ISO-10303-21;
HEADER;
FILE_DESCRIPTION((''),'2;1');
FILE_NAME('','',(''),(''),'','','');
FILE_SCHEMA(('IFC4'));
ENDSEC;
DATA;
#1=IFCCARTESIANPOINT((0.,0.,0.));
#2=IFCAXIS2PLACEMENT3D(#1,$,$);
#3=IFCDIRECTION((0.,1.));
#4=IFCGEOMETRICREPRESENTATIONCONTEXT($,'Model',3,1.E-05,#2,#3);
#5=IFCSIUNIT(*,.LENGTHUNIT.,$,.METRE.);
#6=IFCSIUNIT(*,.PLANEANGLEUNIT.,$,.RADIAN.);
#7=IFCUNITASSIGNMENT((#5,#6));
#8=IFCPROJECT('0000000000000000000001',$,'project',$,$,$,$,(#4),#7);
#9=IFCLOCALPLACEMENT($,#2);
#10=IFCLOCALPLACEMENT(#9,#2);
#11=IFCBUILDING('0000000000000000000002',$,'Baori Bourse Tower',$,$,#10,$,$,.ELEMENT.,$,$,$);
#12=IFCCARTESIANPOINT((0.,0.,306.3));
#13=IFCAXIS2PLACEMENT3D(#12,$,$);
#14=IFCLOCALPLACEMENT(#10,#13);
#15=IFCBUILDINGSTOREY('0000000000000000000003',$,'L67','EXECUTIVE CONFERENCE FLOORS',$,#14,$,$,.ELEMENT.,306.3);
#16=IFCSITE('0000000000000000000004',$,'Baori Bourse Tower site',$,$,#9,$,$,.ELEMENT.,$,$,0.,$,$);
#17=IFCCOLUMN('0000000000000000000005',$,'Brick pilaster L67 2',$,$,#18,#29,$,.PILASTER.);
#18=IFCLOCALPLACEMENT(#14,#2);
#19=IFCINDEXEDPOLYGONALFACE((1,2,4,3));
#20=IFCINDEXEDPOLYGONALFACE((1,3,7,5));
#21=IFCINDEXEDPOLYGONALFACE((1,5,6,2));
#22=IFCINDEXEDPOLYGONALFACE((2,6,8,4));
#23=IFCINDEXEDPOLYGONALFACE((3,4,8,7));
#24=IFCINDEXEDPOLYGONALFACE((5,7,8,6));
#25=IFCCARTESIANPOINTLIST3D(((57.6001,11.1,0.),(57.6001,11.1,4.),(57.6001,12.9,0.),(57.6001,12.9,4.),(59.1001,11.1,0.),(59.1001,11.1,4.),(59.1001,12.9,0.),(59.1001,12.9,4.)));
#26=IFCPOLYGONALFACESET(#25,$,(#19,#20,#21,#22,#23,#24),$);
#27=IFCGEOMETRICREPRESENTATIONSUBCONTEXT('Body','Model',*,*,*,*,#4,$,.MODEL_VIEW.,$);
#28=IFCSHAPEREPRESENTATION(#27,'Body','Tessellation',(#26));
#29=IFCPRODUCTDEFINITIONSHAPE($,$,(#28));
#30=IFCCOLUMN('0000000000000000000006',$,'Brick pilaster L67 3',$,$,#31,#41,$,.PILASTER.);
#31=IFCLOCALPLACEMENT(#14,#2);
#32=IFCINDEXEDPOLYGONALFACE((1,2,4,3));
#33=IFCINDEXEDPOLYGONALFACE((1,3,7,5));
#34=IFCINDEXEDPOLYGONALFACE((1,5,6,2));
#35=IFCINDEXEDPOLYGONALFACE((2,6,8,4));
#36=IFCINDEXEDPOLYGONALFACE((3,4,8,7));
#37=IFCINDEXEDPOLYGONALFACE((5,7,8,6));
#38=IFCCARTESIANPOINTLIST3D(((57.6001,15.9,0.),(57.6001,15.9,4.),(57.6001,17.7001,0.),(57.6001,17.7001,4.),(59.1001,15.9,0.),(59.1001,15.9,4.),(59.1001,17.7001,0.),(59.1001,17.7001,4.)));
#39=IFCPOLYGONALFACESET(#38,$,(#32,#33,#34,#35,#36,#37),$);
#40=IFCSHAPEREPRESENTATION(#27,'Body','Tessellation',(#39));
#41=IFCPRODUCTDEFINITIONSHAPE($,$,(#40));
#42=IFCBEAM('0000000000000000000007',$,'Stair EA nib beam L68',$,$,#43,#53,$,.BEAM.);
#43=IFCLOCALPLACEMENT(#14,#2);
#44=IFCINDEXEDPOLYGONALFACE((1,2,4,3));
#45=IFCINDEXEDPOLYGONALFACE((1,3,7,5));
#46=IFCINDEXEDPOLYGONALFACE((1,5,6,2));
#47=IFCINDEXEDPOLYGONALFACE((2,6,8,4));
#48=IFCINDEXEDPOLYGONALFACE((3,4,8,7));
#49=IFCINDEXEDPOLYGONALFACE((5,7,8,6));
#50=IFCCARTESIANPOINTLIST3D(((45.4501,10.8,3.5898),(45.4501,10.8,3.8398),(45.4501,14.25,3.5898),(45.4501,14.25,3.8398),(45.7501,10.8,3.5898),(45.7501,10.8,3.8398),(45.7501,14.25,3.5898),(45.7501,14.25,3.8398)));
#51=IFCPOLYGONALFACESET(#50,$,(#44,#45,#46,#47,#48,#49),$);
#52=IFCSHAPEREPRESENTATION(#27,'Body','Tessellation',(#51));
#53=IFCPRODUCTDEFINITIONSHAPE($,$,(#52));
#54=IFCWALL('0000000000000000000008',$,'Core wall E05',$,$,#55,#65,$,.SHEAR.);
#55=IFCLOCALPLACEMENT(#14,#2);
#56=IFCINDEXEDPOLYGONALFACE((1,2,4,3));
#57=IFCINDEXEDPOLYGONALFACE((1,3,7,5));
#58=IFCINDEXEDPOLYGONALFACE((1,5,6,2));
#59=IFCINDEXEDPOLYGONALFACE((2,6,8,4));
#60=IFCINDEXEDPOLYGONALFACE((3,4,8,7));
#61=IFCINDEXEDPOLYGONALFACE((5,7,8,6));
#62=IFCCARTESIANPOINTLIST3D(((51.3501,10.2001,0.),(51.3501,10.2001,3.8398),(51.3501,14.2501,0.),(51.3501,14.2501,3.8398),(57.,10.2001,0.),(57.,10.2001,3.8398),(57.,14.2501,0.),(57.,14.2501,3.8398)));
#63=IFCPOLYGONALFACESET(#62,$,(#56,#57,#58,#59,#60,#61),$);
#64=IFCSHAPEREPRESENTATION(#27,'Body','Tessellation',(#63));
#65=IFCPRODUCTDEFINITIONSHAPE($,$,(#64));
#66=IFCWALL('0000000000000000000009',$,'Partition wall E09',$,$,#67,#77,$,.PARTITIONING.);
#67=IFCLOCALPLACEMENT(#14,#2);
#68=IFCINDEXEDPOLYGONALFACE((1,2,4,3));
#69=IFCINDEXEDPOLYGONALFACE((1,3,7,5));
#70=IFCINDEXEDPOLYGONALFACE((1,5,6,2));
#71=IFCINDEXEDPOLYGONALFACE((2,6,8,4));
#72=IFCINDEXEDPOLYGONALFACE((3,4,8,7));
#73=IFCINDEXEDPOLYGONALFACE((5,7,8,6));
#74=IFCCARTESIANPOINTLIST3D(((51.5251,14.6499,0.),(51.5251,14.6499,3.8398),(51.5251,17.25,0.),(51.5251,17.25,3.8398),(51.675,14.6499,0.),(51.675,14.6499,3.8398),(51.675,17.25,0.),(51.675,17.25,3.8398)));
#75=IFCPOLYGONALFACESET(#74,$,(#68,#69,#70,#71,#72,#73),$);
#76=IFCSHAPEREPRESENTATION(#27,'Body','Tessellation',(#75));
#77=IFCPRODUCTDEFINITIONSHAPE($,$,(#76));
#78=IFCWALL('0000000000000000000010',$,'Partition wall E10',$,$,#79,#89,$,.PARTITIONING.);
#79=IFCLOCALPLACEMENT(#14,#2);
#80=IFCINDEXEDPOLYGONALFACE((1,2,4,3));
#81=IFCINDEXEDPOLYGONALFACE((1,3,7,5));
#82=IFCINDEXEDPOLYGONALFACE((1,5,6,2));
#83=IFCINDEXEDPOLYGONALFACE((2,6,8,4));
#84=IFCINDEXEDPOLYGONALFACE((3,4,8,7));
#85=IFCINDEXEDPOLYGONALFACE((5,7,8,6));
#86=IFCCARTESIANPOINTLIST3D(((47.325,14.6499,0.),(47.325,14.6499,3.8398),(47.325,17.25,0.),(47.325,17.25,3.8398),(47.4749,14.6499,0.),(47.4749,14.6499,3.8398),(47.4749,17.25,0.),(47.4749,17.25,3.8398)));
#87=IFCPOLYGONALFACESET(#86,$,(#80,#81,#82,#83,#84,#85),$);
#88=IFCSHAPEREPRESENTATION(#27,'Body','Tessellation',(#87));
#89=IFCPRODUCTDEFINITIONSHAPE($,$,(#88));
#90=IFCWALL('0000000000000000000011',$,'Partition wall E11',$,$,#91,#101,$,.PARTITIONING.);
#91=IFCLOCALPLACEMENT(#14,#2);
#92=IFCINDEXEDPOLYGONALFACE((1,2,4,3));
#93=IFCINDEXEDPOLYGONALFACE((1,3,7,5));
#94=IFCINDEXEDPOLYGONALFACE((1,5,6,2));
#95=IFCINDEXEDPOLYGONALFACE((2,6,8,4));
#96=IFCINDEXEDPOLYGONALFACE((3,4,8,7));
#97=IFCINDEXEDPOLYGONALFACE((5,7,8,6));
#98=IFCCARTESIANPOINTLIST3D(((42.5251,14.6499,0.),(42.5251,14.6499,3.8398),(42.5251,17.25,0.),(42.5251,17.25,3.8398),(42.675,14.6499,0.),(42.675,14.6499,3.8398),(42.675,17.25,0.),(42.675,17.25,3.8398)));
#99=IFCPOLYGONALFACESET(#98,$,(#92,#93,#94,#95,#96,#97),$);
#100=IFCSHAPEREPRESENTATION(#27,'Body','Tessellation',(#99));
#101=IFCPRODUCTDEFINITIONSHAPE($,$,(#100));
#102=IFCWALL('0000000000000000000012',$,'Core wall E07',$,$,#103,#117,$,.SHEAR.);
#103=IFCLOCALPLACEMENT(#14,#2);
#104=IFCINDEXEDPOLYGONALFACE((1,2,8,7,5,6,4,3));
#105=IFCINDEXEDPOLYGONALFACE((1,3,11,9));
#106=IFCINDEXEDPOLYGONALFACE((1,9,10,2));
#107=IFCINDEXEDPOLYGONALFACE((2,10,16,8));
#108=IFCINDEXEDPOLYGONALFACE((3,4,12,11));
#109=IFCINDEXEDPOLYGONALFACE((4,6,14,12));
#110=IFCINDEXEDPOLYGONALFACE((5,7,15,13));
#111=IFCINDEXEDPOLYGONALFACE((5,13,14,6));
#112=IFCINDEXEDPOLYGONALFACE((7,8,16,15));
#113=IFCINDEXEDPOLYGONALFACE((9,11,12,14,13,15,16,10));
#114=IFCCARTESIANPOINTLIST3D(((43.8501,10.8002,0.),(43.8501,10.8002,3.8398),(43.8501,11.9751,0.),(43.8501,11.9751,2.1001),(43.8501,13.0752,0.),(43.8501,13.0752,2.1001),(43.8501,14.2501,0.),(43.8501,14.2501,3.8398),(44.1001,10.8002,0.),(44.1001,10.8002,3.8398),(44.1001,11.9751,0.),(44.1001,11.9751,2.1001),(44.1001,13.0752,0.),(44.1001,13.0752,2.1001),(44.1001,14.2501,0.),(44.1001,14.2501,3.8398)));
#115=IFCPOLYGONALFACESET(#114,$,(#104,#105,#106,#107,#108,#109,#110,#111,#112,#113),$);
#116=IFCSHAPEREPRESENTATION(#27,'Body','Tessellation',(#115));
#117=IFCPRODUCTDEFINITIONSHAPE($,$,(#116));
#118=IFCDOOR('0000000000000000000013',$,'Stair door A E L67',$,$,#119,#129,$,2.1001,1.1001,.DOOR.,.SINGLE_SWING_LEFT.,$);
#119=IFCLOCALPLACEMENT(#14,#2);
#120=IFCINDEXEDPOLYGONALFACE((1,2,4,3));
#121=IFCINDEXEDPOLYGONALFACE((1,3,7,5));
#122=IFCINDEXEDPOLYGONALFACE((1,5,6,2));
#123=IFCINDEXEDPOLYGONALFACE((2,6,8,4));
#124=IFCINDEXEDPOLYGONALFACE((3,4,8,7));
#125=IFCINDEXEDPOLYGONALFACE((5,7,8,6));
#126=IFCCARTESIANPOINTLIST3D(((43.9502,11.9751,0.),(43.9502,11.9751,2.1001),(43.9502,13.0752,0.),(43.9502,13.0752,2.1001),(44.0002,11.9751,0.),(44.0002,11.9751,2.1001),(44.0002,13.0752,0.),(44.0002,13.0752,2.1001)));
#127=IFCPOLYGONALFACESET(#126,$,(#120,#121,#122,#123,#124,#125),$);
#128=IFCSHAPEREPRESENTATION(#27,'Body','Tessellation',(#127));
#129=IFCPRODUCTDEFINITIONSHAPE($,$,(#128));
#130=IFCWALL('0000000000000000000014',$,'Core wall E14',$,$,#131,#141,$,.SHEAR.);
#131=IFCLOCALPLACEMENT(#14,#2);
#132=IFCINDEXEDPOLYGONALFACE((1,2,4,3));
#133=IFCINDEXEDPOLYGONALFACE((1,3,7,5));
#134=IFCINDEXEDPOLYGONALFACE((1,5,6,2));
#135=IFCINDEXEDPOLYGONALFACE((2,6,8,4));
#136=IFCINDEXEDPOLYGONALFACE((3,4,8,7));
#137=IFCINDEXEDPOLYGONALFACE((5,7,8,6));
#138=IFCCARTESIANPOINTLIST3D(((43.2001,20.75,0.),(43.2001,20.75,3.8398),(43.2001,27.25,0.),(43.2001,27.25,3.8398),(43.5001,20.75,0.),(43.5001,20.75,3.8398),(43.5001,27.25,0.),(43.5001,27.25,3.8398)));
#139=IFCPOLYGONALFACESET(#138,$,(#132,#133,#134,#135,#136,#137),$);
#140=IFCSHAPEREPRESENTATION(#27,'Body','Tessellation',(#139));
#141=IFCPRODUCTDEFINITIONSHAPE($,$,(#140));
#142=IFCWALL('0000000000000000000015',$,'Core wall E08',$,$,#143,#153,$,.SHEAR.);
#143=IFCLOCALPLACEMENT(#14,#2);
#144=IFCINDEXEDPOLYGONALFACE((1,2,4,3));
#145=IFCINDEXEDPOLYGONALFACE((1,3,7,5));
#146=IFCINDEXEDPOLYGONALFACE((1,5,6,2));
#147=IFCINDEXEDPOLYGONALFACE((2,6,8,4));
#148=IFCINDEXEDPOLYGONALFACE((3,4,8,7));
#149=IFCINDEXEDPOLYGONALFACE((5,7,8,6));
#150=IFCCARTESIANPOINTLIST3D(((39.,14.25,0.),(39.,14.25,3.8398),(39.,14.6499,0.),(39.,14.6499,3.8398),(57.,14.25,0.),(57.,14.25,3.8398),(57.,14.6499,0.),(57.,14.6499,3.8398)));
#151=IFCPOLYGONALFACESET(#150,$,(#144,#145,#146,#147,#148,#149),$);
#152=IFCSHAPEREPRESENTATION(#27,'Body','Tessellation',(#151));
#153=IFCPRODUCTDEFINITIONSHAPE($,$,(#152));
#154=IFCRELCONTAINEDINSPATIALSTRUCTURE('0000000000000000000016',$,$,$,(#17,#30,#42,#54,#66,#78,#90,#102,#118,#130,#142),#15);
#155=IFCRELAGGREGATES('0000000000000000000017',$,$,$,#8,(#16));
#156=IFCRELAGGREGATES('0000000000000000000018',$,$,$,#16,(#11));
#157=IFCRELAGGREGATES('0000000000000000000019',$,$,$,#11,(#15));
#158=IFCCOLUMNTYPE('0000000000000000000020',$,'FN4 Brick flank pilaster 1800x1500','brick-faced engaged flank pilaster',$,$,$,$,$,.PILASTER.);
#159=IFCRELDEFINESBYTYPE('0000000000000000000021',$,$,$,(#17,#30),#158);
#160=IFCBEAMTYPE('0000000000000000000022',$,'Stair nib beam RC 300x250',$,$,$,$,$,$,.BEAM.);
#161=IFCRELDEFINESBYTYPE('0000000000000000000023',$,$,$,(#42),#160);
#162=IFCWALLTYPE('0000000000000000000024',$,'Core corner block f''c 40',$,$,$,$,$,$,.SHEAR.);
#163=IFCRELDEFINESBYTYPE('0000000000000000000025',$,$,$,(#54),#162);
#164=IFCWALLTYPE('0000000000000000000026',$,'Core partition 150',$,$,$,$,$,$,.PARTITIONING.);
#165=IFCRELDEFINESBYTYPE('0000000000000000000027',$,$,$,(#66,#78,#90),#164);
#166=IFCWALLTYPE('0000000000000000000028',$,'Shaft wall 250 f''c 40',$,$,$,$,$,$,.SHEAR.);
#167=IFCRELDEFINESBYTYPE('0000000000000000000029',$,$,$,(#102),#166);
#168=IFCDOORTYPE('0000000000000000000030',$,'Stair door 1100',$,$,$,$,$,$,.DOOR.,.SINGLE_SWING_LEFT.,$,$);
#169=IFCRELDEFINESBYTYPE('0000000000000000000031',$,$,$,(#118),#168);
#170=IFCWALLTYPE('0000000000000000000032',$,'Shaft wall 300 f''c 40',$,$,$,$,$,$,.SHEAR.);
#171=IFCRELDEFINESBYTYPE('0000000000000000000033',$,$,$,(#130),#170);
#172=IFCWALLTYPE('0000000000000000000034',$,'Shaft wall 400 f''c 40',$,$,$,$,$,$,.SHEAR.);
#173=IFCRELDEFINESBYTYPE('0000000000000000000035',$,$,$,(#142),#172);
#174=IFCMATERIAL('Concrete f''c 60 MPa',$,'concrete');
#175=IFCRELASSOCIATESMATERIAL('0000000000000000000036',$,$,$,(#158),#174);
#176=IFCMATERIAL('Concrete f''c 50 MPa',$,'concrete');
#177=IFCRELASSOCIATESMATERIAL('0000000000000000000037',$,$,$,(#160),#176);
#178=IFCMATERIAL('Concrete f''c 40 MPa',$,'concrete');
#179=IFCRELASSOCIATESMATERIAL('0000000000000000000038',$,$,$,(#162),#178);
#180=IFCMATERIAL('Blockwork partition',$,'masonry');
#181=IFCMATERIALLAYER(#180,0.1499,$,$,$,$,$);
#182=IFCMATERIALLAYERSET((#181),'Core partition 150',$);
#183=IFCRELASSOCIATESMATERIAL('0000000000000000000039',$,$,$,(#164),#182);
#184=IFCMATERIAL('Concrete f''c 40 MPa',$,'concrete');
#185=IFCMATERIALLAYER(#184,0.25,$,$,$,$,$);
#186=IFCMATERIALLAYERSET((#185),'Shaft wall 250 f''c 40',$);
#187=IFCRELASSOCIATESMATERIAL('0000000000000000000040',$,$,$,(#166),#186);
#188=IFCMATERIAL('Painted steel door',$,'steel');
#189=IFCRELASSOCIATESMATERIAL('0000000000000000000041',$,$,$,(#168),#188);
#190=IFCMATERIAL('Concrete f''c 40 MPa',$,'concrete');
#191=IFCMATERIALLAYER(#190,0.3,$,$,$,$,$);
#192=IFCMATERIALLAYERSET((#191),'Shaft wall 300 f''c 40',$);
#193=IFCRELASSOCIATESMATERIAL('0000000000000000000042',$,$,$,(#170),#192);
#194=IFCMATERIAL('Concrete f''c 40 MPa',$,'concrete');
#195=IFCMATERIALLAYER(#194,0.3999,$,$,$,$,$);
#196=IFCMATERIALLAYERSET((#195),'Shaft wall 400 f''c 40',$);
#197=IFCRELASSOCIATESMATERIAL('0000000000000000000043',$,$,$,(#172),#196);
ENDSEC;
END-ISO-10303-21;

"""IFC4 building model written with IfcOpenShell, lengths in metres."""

from ifc_helpers import new_model, si_unit, direction, frame, frame_2d, origin, origin_2d, place, context, subcontext, project, spatial, rectangle, extrude, material, layer, layer_set, material_profile, profile_set, type_object, element, fill, save


model = new_model("IFC4")

# Units and contexts
model_context = context("Model", 3, precision=1e-05, world=origin(), true_north=direction((0.0, 1.0)))
body_context = subcontext(model_context, "Body", "Model", "MODEL_VIEW")
ifc_project = project(units=[si_unit("LENGTHUNIT", "METRE"), si_unit("PLANEANGLEUNIT", "RADIAN")], contexts=[model_context])

# Site, building, storey
site_placement = place(None, origin())
site = spatial("IfcSite", under=ifc_project, at=site_placement, Name="Baori Bourse Tower site", CompositionType="ELEMENT", RefElevation=0.0)
building_placement = place(site_placement, origin())
building = spatial("IfcBuilding", under=site, at=building_placement, Name="Baori Bourse Tower", CompositionType="ELEMENT")
storey_placement = place(building_placement, frame((0.0, 0.0, 306.3)))
storey = spatial("IfcBuildingStorey", under=building, at=storey_placement, Name="L67", Description="EXECUTIVE CONFERENCE FLOORS", CompositionType="ELEMENT", Elevation=306.3)

# Columns
ifc_material_1 = material(Name="Concrete f'c 60 MPa", Category="concrete")
ifc_material_profile_1 = material_profile(ifc_material_1, rectangle(XDim=1.8, YDim=1.5, at=origin_2d()), Name="RC 1800x1500")
ifc_profile_set_1 = profile_set([ifc_material_profile_1], Name="Concrete f'c 60 MPa")
column_type = type_object("IfcColumnType", Name="FN4 Brick flank pilaster 1800x1500", Description="brick-faced engaged flank pilaster", PredefinedType="PILASTER", material=ifc_profile_set_1)
for number, where, z_axis, x_axis, name in (
    (1, (58.3501, 12.0, 0.0), (0.0, 0.0, 1.0), (0.0, 1.0, 0.0), "Brick pilaster L67 2"),
    (2, (58.3501, 16.8, 0.0), (0.0, 0.0, 1.0), (0.0, 1.0, 0.0), "Brick pilaster L67 3"),
):
    element("IfcColumn", number, at=place(storey_placement, frame(where, z_axis=z_axis, x_axis=x_axis)), inside=storey, type_object=column_type, Name=name, PredefinedType="PILASTER", context=body_context, shape_type="SweptSolid", body=[
        extrude(rectangle(XDim=1.8, YDim=1.5, at=origin_2d()), origin(), (0.0, 0.0, 1.0), 4.0),
    ])

# Beam
ifc_material_2 = material(Name="Concrete f'c 50 MPa", Category="concrete")
ifc_material_profile_2 = material_profile(ifc_material_2, rectangle(XDim=0.3, YDim=0.25, at=origin_2d()), Name="RC 300x250")
ifc_profile_set_2 = profile_set([ifc_material_profile_2], Name="Concrete f'c 50 MPa")
beam_type = type_object("IfcBeamType", Name="Stair nib beam RC 300x250", PredefinedType="BEAM", material=ifc_profile_set_2)
beam_placement = place(storey_placement, frame((45.6001, 10.8, 3.7148), z_axis=(0.0, 1.0, 0.0), x_axis=(-1.0, 0.0, 0.0)))
element("IfcBeam", 3, at=beam_placement, inside=storey, type_object=beam_type, Name="Stair EA nib beam L68", PredefinedType="BEAM", context=body_context, shape_type="SweptSolid", body=[
    extrude(rectangle(XDim=0.3, YDim=0.25, at=origin_2d()), origin(), (0.0, 0.0, 1.0), 3.45),
])

# Walls
ifc_material_3 = material(Name="Concrete f'c 40 MPa", Category="concrete")
wall_type_1 = type_object("IfcWallType", Name="Core corner block f'c 40", PredefinedType="SHEAR", material=ifc_material_3)
wall_1_placement = place(storey_placement, frame((51.3501, 12.2251, 0.0), z_axis=(0.0, 0.0, 1.0), x_axis=(1.0, 0.0, 0.0)))
element("IfcWall", 4, at=wall_1_placement, inside=storey, type_object=wall_type_1, Name="Core wall E05", PredefinedType="SHEAR", context=body_context, shape_type="SweptSolid", body=[
    extrude(rectangle(XDim=5.6499, YDim=4.05, at=frame_2d((2.825, 0.0))), origin(), (0.0, 0.0, 1.0), 3.8398),
])
ifc_material_4 = material(Name="Blockwork partition", Category="masonry")
ifc_layer_1 = layer(ifc_material_4, 0.1499)
ifc_layer_set_1 = layer_set([ifc_layer_1], Name="Core partition 150")
wall_type_2 = type_object("IfcWallType", Name="Core partition 150", PredefinedType="PARTITIONING", material=ifc_layer_set_1)
for number, where, z_axis, x_axis, name in (
    (5, (51.6001, 14.6499, 0.0), (0.0, 0.0, 1.0), (0.0, 1.0, 0.0), "Partition wall E09"),
    (6, (47.3999, 14.6499, 0.0), (0.0, 0.0, 1.0), (0.0, 1.0, 0.0), "Partition wall E10"),
    (7, (42.6001, 14.6499, 0.0), (0.0, 0.0, 1.0), (0.0, 1.0, 0.0), "Partition wall E11"),
):
    element("IfcWall", number, at=place(storey_placement, frame(where, z_axis=z_axis, x_axis=x_axis)), inside=storey, type_object=wall_type_2, Name=name, PredefinedType="PARTITIONING", context=body_context, shape_type="SweptSolid", body=[
        extrude(rectangle(XDim=2.6001, YDim=0.1499, at=frame_2d((1.3, 0.0))), origin(), (0.0, 0.0, 1.0), 3.8398),
    ])

# Wall, opening, door
ifc_material_5 = material(Name="Concrete f'c 40 MPa", Category="concrete")
ifc_layer_2 = layer(ifc_material_5, 0.25)
ifc_layer_set_2 = layer_set([ifc_layer_2], Name="Shaft wall 250 f'c 40")
wall_type_3 = type_object("IfcWallType", Name="Shaft wall 250 f'c 40", PredefinedType="SHEAR", material=ifc_layer_set_2)
wall_2_placement = place(storey_placement, frame((43.9751, 10.8, 0.0), z_axis=(0.0, 0.0, 1.0), x_axis=(0.0, 1.0, 0.0)))
wall_2 = element("IfcWall", 8, at=wall_2_placement, inside=storey, type_object=wall_type_3, Name="Core wall E07", PredefinedType="SHEAR", context=body_context, shape_type="SweptSolid", body=[
    extrude(rectangle(XDim=3.45, YDim=0.25, at=frame_2d((1.7251, 0.0))), origin(), (0.0, 0.0, 1.0), 3.8398),
])
opening_1_placement = place(wall_2_placement, frame((1.175, 0.0, 0.0)))
opening_1 = element("IfcOpeningElement", 9, at=opening_1_placement, cuts=wall_2, PredefinedType="OPENING", context=body_context, shape_type="SweptSolid", body=[
    extrude(rectangle(XDim=1.1001, YDim=2.1001, at=frame_2d((0.55, 1.05))), frame((0.0, 0.135, 0.0), z_axis=(0.0, -1.0, 0.0), x_axis=(1.0, 0.0, 0.0)), (0.0, 0.0, 1.0), 0.27),
])
ifc_material_6 = material(Name="Painted steel door", Category="steel")
door_type_1 = type_object("IfcDoorType", Name="Stair door 1100", OperationType="SINGLE_SWING_LEFT", PredefinedType="DOOR", material=ifc_material_6)
door_1_placement = place(opening_1_placement, origin())
door_1 = element("IfcDoor", 10, at=door_1_placement, inside=storey, type_object=door_type_1, Name="Stair door A E L67", OperationType="SINGLE_SWING_LEFT", OverallHeight=2.1001, OverallWidth=1.1001, PredefinedType="DOOR", context=body_context, shape_type="SweptSolid", body=[
    extrude(rectangle(XDim=1.1001, YDim=2.1001, at=frame_2d((0.55, 1.05))), frame((0.0, 0.0249, 0.0), z_axis=(0.0, -1.0, 0.0), x_axis=(1.0, 0.0, 0.0)), (0.0, 0.0, 1.0), 0.05),
])
fill(opening_1, door_1)

# Walls
ifc_material_7 = material(Name="Concrete f'c 40 MPa", Category="concrete")
ifc_layer_3 = layer(ifc_material_7, 0.3)
ifc_layer_set_3 = layer_set([ifc_layer_3], Name="Shaft wall 300 f'c 40")
wall_type_4 = type_object("IfcWallType", Name="Shaft wall 300 f'c 40", PredefinedType="SHEAR", material=ifc_layer_set_3)
wall_3_placement = place(storey_placement, frame((43.3501, 20.75, 0.0), z_axis=(0.0, 0.0, 1.0), x_axis=(0.0, 1.0, 0.0)))
element("IfcWall", 11, at=wall_3_placement, inside=storey, type_object=wall_type_4, Name="Core wall E14", PredefinedType="SHEAR", context=body_context, shape_type="SweptSolid", body=[
    extrude(rectangle(XDim=6.5, YDim=0.3, at=frame_2d((3.25, 0.0))), origin(), (0.0, 0.0, 1.0), 3.8398),
])
ifc_material_8 = material(Name="Concrete f'c 40 MPa", Category="concrete")
ifc_layer_4 = layer(ifc_material_8, 0.3999)
ifc_layer_set_4 = layer_set([ifc_layer_4], Name="Shaft wall 400 f'c 40")
wall_type_5 = type_object("IfcWallType", Name="Shaft wall 400 f'c 40", PredefinedType="SHEAR", material=ifc_layer_set_4)
wall_4_placement = place(storey_placement, frame((39.0, 14.45, 0.0), z_axis=(0.0, 0.0, 1.0), x_axis=(1.0, 0.0, 0.0)))
element("IfcWall", 12, at=wall_4_placement, inside=storey, type_object=wall_type_5, Name="Core wall E08", PredefinedType="SHEAR", context=body_context, shape_type="SweptSolid", body=[
    extrude(rectangle(XDim=18.0, YDim=0.3999, at=frame_2d((9.0, 0.0))), origin(), (0.0, 0.0, 1.0), 3.8398),
])

save(model, "model.ifc")
